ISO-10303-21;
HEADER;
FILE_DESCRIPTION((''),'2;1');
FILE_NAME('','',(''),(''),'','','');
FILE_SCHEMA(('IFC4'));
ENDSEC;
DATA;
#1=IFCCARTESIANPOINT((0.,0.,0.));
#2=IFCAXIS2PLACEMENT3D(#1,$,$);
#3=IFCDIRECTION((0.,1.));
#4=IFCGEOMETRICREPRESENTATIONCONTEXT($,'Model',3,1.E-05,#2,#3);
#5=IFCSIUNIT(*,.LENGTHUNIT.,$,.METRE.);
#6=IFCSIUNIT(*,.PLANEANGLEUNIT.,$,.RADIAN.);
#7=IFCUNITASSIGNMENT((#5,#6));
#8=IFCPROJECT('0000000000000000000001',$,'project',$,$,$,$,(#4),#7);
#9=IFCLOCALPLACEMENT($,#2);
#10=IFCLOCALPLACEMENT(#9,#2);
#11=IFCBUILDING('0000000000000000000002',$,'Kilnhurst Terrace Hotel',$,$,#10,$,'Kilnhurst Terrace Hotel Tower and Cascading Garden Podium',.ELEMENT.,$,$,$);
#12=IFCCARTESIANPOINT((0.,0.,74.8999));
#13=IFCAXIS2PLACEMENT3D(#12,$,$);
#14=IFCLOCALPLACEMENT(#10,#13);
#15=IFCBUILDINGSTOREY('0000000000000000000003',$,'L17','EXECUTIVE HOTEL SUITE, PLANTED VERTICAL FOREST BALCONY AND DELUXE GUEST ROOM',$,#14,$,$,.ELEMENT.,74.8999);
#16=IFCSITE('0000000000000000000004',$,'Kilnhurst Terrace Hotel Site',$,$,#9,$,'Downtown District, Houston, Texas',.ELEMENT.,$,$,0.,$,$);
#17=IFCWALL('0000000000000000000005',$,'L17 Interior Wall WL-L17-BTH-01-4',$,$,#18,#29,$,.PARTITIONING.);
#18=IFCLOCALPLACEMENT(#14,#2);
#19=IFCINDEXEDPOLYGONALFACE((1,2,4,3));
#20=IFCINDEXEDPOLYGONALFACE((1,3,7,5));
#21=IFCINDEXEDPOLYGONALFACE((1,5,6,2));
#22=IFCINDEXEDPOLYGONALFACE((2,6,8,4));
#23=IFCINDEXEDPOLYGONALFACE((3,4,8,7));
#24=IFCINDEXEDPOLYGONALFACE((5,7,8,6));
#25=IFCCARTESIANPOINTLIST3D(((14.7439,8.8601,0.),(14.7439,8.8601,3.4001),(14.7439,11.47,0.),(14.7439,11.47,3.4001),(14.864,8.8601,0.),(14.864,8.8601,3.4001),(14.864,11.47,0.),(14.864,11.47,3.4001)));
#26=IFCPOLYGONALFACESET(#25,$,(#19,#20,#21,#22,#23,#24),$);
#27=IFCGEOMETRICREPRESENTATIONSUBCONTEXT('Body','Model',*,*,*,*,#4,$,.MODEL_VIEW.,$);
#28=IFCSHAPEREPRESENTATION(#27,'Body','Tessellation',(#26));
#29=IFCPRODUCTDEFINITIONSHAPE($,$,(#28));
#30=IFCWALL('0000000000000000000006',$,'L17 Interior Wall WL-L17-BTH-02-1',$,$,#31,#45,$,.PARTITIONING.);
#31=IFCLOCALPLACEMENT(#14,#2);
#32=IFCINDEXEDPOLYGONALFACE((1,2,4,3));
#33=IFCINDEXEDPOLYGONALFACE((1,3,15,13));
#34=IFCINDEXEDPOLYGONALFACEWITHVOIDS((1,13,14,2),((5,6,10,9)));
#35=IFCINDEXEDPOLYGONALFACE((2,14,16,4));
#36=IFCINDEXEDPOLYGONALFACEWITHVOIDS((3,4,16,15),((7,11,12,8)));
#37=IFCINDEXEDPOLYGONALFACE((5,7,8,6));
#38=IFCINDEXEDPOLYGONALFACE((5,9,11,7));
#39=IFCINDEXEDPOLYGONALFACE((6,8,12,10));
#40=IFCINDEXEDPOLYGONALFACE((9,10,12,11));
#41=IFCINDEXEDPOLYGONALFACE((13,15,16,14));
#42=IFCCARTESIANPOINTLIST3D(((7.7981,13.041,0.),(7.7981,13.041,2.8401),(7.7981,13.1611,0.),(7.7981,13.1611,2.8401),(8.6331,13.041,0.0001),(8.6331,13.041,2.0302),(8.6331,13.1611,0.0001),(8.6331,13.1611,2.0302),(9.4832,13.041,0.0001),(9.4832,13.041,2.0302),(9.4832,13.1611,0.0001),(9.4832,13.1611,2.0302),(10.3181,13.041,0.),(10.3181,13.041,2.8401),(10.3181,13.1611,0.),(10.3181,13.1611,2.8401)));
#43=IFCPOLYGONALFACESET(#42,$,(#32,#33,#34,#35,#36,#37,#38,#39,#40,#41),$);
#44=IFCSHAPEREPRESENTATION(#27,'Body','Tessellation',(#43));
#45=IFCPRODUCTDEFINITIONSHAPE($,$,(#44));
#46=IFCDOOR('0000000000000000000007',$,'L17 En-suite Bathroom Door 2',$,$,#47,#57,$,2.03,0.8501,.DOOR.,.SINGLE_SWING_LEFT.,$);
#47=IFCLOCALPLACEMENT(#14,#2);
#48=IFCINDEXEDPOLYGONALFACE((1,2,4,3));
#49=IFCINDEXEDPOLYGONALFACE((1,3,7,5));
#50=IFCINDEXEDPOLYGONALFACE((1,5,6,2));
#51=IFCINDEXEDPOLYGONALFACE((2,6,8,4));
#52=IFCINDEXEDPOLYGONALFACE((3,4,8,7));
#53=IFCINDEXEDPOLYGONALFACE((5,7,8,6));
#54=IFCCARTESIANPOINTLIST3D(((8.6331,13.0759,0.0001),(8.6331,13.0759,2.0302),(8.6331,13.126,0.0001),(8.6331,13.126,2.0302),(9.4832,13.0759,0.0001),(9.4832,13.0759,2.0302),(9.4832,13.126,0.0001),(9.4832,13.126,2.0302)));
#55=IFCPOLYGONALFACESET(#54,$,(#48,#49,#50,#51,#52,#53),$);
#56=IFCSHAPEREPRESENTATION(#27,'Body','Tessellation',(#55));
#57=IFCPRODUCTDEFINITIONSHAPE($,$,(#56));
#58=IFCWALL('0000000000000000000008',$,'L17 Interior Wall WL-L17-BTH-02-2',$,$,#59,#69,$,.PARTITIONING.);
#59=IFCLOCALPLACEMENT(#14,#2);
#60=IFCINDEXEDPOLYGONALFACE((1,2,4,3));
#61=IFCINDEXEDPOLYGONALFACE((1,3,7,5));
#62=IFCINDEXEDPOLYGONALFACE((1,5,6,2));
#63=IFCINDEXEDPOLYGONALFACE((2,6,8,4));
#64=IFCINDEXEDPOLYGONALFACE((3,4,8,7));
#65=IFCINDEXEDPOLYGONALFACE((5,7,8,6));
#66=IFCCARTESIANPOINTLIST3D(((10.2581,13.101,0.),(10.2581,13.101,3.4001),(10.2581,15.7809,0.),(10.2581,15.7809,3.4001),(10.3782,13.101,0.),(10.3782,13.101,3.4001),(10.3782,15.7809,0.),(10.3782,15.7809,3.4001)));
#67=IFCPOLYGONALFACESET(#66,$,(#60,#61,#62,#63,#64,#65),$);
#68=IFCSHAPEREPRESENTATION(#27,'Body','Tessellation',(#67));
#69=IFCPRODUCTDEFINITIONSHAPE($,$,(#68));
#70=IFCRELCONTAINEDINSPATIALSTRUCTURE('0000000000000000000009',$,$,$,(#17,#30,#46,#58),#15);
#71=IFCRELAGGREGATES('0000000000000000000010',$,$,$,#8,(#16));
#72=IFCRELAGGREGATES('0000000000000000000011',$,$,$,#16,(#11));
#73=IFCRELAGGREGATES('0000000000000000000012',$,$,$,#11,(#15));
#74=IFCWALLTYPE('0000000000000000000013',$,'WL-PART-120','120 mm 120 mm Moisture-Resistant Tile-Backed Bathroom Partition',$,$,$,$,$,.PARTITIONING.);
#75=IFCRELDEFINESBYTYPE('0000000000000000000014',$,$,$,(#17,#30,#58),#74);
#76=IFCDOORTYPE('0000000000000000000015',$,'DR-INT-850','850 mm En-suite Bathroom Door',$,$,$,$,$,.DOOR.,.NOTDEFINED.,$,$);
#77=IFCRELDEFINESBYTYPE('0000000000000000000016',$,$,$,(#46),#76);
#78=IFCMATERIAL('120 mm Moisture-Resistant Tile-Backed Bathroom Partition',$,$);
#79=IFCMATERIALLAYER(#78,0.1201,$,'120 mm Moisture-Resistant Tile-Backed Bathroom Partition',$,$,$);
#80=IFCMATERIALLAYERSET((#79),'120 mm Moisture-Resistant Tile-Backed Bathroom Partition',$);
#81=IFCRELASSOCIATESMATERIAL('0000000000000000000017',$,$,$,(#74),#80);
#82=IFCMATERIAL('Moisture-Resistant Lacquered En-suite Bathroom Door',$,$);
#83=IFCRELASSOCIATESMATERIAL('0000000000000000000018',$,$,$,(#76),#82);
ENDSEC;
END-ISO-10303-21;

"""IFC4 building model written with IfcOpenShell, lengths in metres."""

from ifc_helpers import new_model, si_unit, direction, frame, frame_2d, origin, place, context, subcontext, project, spatial, rectangle, extrude, material, layer, layer_set, type_object, element, fill, save


model = new_model("IFC4")

# Units and contexts
model_context = context("Model", 3, precision=1e-05, world=origin(), true_north=direction((0.0, 1.0)))
body_context = subcontext(model_context, "Body", "Model", "MODEL_VIEW")
ifc_project = project(units=[si_unit("LENGTHUNIT", "METRE"), si_unit("PLANEANGLEUNIT", "RADIAN")], contexts=[model_context])

# Site, building, storey
site_placement = place(None, origin())
site = spatial("IfcSite", under=ifc_project, at=site_placement, Name="Kilnhurst Terrace Hotel Site", LongName="Downtown District, Houston, Texas", CompositionType="ELEMENT", RefElevation=0.0)
building_placement = place(site_placement, origin())
building = spatial("IfcBuilding", under=site, at=building_placement, Name="Kilnhurst Terrace Hotel", LongName="Kilnhurst Terrace Hotel Tower and Cascading Garden Podium", CompositionType="ELEMENT")
storey_placement = place(building_placement, frame((0.0, 0.0, 74.8999)))
storey = spatial("IfcBuildingStorey", under=building, at=storey_placement, Name="L17", Description="EXECUTIVE HOTEL SUITE, PLANTED VERTICAL FOREST BALCONY AND DELUXE GUEST ROOM", CompositionType="ELEMENT", Elevation=74.8999)

# Shared definitions
ifc_material_1 = material(Name="120 mm Moisture-Resistant Tile-Backed Bathroom Partition")
ifc_layer_1 = layer(ifc_material_1, 0.1201, Name="120 mm Moisture-Resistant Tile-Backed Bathroom Partition")
ifc_layer_set_1 = layer_set([ifc_layer_1], Name="120 mm Moisture-Resistant Tile-Backed Bathroom Partition")
wall_type_1 = type_object("IfcWallType", Name="WL-PART-120", Description="120 mm 120 mm Moisture-Resistant Tile-Backed Bathroom Partition", PredefinedType="PARTITIONING", material=ifc_layer_set_1)
ifc_material_2 = material(Name="Moisture-Resistant Lacquered En-suite Bathroom Door")
door_type_1 = type_object("IfcDoorType", Name="DR-INT-850", Description="850 mm En-suite Bathroom Door", OperationType="NOTDEFINED", PredefinedType="DOOR", material=ifc_material_2)

# Wall
wall_1_placement = place(storey_placement, frame((14.804, 11.47, 0.0), z_axis=(0.0, 0.0, 1.0), x_axis=(0.0, -1.0, 0.0)))
element("IfcWall", 1, at=wall_1_placement, inside=storey, type_object=wall_type_1, Name="L17 Interior Wall WL-L17-BTH-01-4", PredefinedType="PARTITIONING", context=body_context, shape_type="SweptSolid", body=[
    extrude(rectangle(XDim=2.6099, YDim=0.1201, at=frame_2d((1.3049, 0.0))), origin(), (0.0, 0.0, 1.0), 3.4001),
])

# Wall, opening, door
wall_2_placement = place(storey_placement, frame((7.7981, 13.1011, 0.0), z_axis=(0.0, 0.0, 1.0), x_axis=(1.0, 0.0, 0.0)))
wall_2 = element("IfcWall", 2, at=wall_2_placement, inside=storey, type_object=wall_type_1, Name="L17 Interior Wall WL-L17-BTH-02-1", PredefinedType="PARTITIONING", context=body_context, shape_type="SweptSolid", body=[
    extrude(rectangle(XDim=2.52, YDim=0.1201, at=frame_2d((1.26, 0.0))), origin(), (0.0, 0.0, 1.0), 2.8401),
])
opening_1_placement = place(wall_2_placement, frame((0.835, 0.0, 0.0)))
opening_1 = element("IfcOpeningElement", 3, at=opening_1_placement, cuts=wall_2, PredefinedType="OPENING", context=body_context, shape_type="SweptSolid", body=[
    extrude(rectangle(XDim=0.8501, YDim=2.03, at=frame_2d((0.425, 1.0151))), frame((0.0, 0.0701, 0.0), z_axis=(0.0, -1.0, 0.0), x_axis=(1.0, 0.0, 0.0)), (0.0, 0.0, 1.0), 0.1401),
])
door_1_placement = place(opening_1_placement, origin())
door_1 = element("IfcDoor", 4, at=door_1_placement, inside=storey, type_object=door_type_1, Name="L17 En-suite Bathroom Door 2", OperationType="SINGLE_SWING_LEFT", OverallHeight=2.03, OverallWidth=0.8501, PredefinedType="DOOR", context=body_context, shape_type="SweptSolid", body=[
    extrude(rectangle(XDim=0.8501, YDim=2.03, at=frame_2d((0.425, 1.0151))), frame((0.0, 0.0249, 0.0), z_axis=(0.0, -1.0, 0.0), x_axis=(1.0, 0.0, 0.0)), (0.0, 0.0, 1.0), 0.05),
])
fill(opening_1, door_1)

# Wall
wall_3_placement = place(storey_placement, frame((10.3181, 13.1011, 0.0), z_axis=(0.0, 0.0, 1.0), x_axis=(0.0, 1.0, 0.0)))
element("IfcWall", 5, at=wall_3_placement, inside=storey, type_object=wall_type_1, Name="L17 Interior Wall WL-L17-BTH-02-2", PredefinedType="PARTITIONING", context=body_context, shape_type="SweptSolid", body=[
    extrude(rectangle(XDim=2.6799, YDim=0.1201, at=frame_2d((1.3398, 0.0))), origin(), (0.0, 0.0, 1.0), 3.4001),
])

save(model, "model.ifc")
